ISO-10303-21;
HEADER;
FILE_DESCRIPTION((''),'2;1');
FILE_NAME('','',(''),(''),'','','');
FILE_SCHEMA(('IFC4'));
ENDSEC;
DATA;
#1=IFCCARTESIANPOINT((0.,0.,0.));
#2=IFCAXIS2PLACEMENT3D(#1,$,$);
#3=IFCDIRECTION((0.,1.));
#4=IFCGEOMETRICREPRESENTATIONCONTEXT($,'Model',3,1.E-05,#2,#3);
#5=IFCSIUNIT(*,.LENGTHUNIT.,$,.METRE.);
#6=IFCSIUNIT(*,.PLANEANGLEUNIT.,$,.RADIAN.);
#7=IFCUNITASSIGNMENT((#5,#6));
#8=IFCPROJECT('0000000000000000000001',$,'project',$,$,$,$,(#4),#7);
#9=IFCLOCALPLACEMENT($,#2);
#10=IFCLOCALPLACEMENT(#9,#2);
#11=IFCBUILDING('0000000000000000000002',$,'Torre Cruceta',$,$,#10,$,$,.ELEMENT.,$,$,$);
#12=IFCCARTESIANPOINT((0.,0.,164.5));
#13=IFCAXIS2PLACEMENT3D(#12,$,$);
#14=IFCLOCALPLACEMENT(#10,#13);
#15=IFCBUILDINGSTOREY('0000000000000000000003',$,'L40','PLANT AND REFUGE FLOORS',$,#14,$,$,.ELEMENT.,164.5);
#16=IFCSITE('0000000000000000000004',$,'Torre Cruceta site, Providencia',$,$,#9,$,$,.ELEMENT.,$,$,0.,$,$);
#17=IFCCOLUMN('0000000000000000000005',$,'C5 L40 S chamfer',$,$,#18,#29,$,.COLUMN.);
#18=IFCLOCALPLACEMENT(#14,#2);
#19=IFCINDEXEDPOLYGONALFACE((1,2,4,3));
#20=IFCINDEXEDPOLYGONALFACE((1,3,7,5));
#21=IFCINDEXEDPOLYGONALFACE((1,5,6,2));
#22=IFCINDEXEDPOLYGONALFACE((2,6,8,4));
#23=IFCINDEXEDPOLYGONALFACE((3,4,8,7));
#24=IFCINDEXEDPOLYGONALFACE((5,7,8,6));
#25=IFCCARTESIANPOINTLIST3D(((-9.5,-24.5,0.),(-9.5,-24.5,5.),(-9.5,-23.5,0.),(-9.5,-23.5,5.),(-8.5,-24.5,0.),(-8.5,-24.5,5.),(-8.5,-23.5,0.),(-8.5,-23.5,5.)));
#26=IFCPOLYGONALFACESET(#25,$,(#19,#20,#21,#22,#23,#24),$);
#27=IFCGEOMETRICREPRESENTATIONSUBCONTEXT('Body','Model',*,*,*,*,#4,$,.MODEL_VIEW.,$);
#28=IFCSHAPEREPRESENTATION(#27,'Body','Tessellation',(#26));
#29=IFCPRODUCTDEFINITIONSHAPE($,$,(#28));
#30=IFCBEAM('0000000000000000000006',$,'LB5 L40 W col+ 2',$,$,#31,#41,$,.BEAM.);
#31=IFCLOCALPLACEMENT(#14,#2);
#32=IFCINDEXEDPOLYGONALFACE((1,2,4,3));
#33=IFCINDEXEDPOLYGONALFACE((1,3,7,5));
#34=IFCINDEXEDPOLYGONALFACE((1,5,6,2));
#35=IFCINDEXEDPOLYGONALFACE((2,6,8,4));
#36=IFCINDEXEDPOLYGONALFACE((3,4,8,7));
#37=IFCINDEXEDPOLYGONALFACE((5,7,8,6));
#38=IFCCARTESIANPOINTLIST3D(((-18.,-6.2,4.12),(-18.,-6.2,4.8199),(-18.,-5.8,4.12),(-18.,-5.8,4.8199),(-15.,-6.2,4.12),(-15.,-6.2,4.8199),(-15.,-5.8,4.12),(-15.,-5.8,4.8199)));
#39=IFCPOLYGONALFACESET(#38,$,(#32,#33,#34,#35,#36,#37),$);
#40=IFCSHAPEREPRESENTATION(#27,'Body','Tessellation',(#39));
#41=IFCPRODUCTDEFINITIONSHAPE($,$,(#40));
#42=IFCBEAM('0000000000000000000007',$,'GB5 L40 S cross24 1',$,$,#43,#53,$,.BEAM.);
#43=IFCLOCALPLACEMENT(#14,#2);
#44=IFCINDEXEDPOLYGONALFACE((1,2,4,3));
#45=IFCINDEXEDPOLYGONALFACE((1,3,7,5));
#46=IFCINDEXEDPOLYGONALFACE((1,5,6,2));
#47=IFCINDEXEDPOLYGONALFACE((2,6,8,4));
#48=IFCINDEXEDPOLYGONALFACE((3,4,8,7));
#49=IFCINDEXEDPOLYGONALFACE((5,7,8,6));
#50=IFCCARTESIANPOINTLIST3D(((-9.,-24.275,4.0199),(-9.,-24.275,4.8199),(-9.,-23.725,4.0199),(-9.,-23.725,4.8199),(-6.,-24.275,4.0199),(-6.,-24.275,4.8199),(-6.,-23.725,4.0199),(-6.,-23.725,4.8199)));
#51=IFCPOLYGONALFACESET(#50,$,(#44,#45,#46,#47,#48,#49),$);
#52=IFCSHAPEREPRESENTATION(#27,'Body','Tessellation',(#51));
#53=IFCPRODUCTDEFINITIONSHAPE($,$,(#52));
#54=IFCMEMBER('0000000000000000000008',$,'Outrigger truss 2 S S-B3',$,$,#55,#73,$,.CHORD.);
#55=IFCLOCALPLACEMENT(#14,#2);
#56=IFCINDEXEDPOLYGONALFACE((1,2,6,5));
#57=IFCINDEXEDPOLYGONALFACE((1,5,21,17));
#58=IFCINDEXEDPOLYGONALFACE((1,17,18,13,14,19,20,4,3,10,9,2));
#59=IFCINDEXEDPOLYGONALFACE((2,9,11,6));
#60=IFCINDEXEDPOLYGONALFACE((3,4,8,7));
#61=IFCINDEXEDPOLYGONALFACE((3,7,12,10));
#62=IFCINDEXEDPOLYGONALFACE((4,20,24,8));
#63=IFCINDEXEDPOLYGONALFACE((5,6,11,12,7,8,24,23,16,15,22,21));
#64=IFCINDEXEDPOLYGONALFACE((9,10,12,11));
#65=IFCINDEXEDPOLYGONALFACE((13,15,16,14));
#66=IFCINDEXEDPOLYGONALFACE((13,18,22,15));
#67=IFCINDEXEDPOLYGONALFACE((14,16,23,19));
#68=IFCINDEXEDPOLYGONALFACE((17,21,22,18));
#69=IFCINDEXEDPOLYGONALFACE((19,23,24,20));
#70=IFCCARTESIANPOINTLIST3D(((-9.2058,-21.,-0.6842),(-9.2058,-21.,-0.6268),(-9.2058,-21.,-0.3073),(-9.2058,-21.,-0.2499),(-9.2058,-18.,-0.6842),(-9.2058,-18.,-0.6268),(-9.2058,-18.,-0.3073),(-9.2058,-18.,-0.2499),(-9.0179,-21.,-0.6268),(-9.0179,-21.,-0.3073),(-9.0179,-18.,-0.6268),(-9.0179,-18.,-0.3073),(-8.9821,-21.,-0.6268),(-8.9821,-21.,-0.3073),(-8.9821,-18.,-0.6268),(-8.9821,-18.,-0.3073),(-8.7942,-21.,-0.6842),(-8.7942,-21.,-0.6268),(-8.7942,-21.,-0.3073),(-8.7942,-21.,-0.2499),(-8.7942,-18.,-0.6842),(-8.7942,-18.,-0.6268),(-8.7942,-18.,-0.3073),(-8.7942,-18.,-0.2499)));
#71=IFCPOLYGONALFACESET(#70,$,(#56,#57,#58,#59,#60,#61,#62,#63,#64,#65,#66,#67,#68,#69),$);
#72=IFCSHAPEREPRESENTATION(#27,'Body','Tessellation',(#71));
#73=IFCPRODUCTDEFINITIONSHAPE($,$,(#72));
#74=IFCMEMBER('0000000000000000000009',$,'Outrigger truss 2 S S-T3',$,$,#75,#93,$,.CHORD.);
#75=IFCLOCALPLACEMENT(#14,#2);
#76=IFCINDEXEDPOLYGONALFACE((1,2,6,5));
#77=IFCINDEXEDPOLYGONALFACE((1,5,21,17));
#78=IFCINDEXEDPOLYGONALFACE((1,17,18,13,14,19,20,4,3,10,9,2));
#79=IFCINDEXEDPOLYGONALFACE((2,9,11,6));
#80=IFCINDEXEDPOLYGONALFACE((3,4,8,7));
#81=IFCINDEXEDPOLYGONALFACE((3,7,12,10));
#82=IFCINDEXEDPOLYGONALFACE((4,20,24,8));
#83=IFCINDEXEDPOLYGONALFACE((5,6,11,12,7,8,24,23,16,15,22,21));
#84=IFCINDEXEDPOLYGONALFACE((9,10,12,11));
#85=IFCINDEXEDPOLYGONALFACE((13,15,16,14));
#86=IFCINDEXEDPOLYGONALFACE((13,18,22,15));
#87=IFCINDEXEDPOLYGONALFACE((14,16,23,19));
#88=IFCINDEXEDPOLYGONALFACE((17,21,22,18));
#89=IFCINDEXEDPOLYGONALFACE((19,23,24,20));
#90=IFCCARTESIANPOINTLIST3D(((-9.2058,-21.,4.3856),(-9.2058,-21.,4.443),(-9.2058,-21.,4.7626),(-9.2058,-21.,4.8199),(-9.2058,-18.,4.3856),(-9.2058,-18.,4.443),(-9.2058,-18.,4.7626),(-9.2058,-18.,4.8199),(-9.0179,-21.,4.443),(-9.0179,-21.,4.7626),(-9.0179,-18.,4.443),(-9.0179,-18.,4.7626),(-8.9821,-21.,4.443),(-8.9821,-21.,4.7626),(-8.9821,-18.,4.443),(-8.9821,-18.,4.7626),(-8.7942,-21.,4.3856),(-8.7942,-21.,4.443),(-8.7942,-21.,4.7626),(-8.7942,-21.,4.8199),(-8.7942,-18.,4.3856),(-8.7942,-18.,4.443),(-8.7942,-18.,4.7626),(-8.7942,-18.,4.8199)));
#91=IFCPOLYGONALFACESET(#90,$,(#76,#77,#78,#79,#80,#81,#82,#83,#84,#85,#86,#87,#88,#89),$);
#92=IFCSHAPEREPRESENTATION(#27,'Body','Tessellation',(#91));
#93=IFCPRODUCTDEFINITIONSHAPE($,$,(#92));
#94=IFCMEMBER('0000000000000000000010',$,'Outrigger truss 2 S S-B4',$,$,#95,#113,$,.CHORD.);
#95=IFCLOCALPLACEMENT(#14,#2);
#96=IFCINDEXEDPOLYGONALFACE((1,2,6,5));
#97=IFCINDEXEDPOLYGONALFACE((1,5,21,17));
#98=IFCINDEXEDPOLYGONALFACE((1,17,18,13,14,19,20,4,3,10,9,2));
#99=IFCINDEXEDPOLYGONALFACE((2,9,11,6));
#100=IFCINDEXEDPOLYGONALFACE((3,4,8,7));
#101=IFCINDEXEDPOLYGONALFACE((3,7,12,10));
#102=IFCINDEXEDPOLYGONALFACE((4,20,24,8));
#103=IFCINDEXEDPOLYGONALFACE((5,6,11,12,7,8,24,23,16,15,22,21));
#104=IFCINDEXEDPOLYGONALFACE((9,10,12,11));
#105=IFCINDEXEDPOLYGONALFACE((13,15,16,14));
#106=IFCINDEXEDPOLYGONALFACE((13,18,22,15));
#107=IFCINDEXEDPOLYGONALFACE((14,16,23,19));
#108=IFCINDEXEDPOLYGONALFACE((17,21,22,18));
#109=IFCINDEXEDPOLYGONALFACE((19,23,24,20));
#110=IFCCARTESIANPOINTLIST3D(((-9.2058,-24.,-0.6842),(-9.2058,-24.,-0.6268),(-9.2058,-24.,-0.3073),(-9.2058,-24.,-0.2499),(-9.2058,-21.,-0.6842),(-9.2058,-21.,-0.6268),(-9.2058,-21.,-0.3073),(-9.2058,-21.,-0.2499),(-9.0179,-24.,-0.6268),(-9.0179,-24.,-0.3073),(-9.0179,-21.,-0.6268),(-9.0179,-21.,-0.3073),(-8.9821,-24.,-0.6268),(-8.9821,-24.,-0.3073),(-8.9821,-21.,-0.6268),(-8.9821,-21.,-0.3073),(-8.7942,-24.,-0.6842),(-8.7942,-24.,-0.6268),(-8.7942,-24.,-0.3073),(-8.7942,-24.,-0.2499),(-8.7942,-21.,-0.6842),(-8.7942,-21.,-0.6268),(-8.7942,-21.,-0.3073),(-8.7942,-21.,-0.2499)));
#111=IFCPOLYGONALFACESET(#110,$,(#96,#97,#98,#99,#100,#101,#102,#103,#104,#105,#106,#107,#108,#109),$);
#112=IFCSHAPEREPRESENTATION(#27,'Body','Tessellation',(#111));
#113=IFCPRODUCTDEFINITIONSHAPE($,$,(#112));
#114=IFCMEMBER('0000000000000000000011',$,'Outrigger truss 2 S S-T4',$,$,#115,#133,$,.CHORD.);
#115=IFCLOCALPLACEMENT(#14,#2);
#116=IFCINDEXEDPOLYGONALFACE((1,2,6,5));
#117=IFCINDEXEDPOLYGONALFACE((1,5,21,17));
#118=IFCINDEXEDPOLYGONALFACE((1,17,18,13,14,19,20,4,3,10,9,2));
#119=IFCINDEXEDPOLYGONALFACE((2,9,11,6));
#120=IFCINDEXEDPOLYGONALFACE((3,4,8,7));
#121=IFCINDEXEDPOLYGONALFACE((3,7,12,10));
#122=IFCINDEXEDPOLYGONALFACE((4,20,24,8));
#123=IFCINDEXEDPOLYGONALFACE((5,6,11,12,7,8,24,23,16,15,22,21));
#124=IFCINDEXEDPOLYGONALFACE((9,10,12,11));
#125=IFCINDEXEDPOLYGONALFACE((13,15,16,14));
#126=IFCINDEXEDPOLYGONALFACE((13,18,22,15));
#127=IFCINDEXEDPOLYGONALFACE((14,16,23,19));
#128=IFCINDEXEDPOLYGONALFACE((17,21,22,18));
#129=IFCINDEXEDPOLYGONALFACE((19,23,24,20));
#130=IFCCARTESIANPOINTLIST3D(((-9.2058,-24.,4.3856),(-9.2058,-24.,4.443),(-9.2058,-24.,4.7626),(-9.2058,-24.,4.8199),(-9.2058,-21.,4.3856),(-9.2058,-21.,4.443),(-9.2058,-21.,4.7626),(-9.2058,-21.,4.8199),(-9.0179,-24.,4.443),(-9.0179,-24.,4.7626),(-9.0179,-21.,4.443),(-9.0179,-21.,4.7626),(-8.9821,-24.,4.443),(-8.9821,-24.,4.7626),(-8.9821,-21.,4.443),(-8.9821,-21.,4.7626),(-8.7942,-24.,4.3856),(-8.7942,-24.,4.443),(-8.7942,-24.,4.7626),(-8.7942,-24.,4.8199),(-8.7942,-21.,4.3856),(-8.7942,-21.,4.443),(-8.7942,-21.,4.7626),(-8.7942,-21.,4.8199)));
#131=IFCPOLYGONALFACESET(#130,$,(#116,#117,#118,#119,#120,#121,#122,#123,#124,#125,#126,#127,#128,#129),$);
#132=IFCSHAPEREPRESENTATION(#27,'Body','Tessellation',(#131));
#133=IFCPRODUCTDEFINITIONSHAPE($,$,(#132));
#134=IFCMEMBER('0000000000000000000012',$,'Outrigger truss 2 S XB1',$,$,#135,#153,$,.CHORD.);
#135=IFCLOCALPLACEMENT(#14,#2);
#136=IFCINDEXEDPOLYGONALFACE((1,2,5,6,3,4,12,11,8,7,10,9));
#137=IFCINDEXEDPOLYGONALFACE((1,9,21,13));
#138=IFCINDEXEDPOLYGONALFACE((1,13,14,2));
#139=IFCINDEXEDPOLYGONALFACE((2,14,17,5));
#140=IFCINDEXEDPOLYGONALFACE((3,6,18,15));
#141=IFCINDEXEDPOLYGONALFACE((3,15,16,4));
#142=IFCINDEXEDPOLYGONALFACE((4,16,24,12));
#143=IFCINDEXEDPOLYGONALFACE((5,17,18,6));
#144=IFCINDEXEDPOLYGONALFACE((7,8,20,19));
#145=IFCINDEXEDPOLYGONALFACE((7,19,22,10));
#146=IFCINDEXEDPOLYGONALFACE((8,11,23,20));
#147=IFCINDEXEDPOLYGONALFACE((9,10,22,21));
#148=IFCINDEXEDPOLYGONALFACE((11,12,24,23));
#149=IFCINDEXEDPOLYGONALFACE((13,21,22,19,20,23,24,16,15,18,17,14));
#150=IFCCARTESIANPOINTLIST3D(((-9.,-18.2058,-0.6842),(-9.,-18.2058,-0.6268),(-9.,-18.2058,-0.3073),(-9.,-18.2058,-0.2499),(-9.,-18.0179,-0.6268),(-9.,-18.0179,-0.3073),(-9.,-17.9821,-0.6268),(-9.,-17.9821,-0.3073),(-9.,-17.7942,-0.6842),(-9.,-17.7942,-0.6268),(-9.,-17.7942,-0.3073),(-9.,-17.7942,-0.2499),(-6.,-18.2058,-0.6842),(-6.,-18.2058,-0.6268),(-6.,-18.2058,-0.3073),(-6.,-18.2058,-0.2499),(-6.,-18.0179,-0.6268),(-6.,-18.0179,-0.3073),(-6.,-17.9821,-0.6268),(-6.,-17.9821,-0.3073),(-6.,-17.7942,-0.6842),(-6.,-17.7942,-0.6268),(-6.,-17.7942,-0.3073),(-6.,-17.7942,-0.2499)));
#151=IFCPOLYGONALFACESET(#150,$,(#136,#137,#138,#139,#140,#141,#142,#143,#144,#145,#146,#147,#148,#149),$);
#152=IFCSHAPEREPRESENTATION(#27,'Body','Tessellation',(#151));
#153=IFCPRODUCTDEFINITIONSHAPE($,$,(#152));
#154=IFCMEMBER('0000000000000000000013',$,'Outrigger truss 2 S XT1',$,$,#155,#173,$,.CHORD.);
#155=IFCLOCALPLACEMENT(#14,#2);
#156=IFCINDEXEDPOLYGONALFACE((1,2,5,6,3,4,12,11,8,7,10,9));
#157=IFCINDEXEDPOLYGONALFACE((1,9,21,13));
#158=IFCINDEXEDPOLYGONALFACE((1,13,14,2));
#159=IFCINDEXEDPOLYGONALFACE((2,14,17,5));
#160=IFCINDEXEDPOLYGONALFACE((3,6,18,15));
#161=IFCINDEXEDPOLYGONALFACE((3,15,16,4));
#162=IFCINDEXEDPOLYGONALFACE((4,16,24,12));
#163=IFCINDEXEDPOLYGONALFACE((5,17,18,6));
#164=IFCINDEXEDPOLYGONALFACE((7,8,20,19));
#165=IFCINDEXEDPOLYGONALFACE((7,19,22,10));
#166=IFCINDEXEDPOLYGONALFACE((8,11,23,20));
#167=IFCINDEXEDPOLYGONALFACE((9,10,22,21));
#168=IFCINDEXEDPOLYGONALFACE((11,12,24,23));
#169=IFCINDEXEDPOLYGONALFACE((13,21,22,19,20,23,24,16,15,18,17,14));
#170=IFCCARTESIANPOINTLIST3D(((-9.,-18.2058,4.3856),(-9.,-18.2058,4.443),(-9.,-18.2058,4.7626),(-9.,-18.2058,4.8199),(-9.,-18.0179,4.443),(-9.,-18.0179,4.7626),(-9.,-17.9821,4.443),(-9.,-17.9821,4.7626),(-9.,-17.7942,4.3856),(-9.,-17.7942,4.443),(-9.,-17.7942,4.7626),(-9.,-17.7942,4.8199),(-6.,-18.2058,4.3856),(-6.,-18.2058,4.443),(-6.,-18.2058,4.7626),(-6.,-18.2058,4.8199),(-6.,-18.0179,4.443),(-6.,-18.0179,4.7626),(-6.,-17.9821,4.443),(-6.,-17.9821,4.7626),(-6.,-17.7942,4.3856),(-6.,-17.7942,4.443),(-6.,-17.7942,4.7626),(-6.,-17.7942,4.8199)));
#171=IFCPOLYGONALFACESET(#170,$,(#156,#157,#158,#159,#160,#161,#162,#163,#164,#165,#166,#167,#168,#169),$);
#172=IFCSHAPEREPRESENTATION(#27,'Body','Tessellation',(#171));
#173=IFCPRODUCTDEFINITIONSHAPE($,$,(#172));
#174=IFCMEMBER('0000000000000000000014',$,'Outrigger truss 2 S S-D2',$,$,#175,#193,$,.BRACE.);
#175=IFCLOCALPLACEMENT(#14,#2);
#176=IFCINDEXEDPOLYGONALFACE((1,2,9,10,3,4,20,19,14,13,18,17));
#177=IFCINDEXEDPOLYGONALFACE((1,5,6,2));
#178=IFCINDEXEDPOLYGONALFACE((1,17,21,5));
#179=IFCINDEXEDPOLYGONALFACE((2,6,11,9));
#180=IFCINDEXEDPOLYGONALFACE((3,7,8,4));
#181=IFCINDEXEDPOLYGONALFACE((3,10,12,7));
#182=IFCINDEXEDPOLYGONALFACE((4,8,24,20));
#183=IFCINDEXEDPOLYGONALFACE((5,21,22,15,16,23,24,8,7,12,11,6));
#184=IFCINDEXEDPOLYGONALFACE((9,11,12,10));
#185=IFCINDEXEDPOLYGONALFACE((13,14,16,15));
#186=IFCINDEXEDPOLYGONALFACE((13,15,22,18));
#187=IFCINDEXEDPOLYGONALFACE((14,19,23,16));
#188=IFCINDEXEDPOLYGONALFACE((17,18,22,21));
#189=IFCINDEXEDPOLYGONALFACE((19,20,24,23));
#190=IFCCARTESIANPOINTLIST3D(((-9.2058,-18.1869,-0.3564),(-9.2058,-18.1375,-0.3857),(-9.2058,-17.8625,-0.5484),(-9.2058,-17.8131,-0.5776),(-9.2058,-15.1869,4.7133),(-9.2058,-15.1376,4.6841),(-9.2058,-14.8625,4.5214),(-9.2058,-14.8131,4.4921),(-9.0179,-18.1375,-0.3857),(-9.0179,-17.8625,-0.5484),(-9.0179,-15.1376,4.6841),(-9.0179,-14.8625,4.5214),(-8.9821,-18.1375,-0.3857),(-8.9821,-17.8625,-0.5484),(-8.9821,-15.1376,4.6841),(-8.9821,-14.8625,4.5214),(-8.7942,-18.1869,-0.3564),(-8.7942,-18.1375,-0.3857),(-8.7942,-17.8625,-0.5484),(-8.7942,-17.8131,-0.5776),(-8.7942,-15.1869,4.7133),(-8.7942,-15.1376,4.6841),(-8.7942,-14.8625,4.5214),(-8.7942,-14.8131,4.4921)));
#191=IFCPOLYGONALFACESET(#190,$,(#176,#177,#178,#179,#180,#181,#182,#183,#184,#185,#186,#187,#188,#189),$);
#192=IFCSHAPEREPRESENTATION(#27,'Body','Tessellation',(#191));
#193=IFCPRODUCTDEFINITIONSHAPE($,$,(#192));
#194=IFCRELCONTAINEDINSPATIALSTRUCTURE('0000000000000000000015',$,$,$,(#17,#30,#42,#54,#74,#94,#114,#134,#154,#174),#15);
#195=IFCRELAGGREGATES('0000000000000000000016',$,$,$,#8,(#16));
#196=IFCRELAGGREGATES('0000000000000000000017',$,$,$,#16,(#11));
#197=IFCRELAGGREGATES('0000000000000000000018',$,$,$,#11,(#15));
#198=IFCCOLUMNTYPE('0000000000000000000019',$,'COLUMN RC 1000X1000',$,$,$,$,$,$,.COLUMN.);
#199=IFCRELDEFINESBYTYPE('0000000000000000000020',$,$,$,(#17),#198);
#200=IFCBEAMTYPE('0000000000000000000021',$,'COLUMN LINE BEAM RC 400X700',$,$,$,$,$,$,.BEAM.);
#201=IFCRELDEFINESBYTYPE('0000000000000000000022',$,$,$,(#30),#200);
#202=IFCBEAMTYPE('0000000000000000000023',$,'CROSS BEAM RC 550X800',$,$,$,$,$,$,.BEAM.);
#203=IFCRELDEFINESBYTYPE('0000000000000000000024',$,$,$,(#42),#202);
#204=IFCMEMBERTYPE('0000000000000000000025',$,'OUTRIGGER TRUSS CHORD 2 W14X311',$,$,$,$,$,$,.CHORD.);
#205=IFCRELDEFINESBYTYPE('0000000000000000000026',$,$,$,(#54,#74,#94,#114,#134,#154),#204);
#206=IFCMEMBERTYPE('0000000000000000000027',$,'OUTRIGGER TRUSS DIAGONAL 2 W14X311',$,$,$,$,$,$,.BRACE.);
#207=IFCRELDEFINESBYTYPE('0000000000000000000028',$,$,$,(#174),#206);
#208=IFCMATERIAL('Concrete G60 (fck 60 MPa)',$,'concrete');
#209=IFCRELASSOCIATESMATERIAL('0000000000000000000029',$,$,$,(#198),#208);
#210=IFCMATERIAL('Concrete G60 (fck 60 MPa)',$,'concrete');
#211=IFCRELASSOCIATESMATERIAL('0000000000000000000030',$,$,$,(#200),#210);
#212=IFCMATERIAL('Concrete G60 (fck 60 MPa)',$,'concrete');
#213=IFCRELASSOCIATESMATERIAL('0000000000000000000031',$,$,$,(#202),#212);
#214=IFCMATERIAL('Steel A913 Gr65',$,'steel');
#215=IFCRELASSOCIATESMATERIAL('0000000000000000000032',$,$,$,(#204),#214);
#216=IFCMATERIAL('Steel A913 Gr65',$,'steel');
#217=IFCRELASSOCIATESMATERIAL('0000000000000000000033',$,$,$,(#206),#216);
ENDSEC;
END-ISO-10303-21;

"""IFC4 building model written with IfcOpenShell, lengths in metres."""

from ifc_helpers import new_model, si_unit, direction, frame, origin, origin_2d, place, context, subcontext, project, spatial, rectangle, i_section, extrude, material, material_profile, profile_set, type_object, element, save


model = new_model("IFC4")

# Units and contexts
model_context = context("Model", 3, precision=1e-05, world=origin(), true_north=direction((0.0, 1.0)))
body_context = subcontext(model_context, "Body", "Model", "MODEL_VIEW")
ifc_project = project(units=[si_unit("LENGTHUNIT", "METRE"), si_unit("PLANEANGLEUNIT", "RADIAN")], contexts=[model_context])

# Site, building, storey
site_placement = place(None, origin())
site = spatial("IfcSite", under=ifc_project, at=site_placement, Name="Torre Cruceta site, Providencia", CompositionType="ELEMENT", RefElevation=0.0)
building_placement = place(site_placement, origin())
building = spatial("IfcBuilding", under=site, at=building_placement, Name="Torre Cruceta", CompositionType="ELEMENT")
storey_placement = place(building_placement, frame((0.0, 0.0, 164.5)))
storey = spatial("IfcBuildingStorey", under=building, at=storey_placement, Name="L40", Description="PLANT AND REFUGE FLOORS", CompositionType="ELEMENT", Elevation=164.5)

# Column
ifc_material_1 = material(Name="Concrete G60 (fck 60 MPa)", Category="concrete")
ifc_material_profile_1 = material_profile(ifc_material_1, rectangle(XDim=1.0, YDim=1.0, at=origin_2d()), Name="RC 1000X1000")
ifc_profile_set_1 = profile_set([ifc_material_profile_1], Name="Concrete G60 (fck 60 MPa)")
column_type = type_object("IfcColumnType", Name="COLUMN RC 1000X1000", PredefinedType="COLUMN", material=ifc_profile_set_1)
column_placement = place(storey_placement, frame((-9.0, -24.0, 0.0), z_axis=(0.0, 0.0, 1.0), x_axis=(1.0, 0.0, 0.0)))
element("IfcColumn", 1, at=column_placement, inside=storey, type_object=column_type, Name="C5 L40 S chamfer", PredefinedType="COLUMN", context=body_context, shape_type="SweptSolid", body=[
    extrude(rectangle(XDim=1.0, YDim=1.0, at=origin_2d()), origin(), (0.0, 0.0, 1.0), 5.0),
])

# Beams
ifc_material_2 = material(Name="Concrete G60 (fck 60 MPa)", Category="concrete")
ifc_material_profile_2 = material_profile(ifc_material_2, rectangle(XDim=0.3999, YDim=0.7, at=origin_2d()), Name="RC 400X700")
ifc_profile_set_2 = profile_set([ifc_material_profile_2], Name="Concrete G60 (fck 60 MPa)")
beam_type_1 = type_object("IfcBeamType", Name="COLUMN LINE BEAM RC 400X700", PredefinedType="BEAM", material=ifc_profile_set_2)
beam_1_placement = place(storey_placement, frame((-15.0, -6.0, 4.47), z_axis=(-1.0, 0.0, 0.0), x_axis=(0.0, -1.0, 0.0)))
element("IfcBeam", 2, at=beam_1_placement, inside=storey, type_object=beam_type_1, Name="LB5 L40 W col+ 2", PredefinedType="BEAM", context=body_context, shape_type="SweptSolid", body=[
    extrude(rectangle(XDim=0.3999, YDim=0.7, at=origin_2d()), origin(), (0.0, 0.0, 1.0), 3.0),
])
ifc_material_3 = material(Name="Concrete G60 (fck 60 MPa)", Category="concrete")
ifc_material_profile_3 = material_profile(ifc_material_3, rectangle(XDim=0.55, YDim=0.8, at=origin_2d()), Name="RC 550X800")
ifc_profile_set_3 = profile_set([ifc_material_profile_3], Name="Concrete G60 (fck 60 MPa)")
beam_type_2 = type_object("IfcBeamType", Name="CROSS BEAM RC 550X800", PredefinedType="BEAM", material=ifc_profile_set_3)
beam_2_placement = place(storey_placement, frame((-9.0, -24.0, 4.4199), z_axis=(1.0, 0.0, 0.0), x_axis=(0.0, 1.0, 0.0)))
element("IfcBeam", 3, at=beam_2_placement, inside=storey, type_object=beam_type_2, Name="GB5 L40 S cross24 1", PredefinedType="BEAM", context=body_context, shape_type="SweptSolid", body=[
    extrude(rectangle(XDim=0.55, YDim=0.8, at=origin_2d()), origin(), (0.0, 0.0, 1.0), 3.0),
])

# Members
ifc_material_4 = material(Name="Steel A913 Gr65", Category="steel")
ifc_material_profile_4 = material_profile(ifc_material_4, i_section(OverallWidth=0.4116, OverallDepth=0.4343, WebThickness=0.0359, FlangeThickness=0.0574, at=origin_2d()), Name="W14X311")
ifc_profile_set_4 = profile_set([ifc_material_profile_4], Name="Steel A913 Gr65")
member_type_1 = type_object("IfcMemberType", Name="OUTRIGGER TRUSS CHORD 2 W14X311", PredefinedType="CHORD", material=ifc_profile_set_4)
for number, where, z_axis, x_axis, name in (
    (4, (-9.0, -18.0, -0.467), (0.0, -1.0, 0.0), (1.0, 0.0, 0.0), "Outrigger truss 2 S S-B3"),
    (5, (-9.0, -18.0, 4.6028), (0.0, -1.0, 0.0), (1.0, 0.0, 0.0), "Outrigger truss 2 S S-T3"),
    (6, (-9.0, -21.0, -0.467), (0.0, -1.0, 0.0), (1.0, 0.0, 0.0), "Outrigger truss 2 S S-B4"),
    (7, (-9.0, -21.0, 4.6028), (0.0, -1.0, 0.0), (1.0, 0.0, 0.0), "Outrigger truss 2 S S-T4"),
    (8, (-9.0, -18.0, -0.467), (1.0, 0.0, 0.0), (0.0, 1.0, 0.0), "Outrigger truss 2 S XB1"),
    (9, (-9.0, -18.0, 4.6028), (1.0, 0.0, 0.0), (0.0, 1.0, 0.0), "Outrigger truss 2 S XT1"),
):
    element("IfcMember", number, at=place(storey_placement, frame(where, z_axis=z_axis, x_axis=x_axis)), inside=storey, type_object=member_type_1, Name=name, PredefinedType="CHORD", context=body_context, shape_type="SweptSolid", body=[
        extrude(i_section(OverallWidth=0.4116, OverallDepth=0.4343, WebThickness=0.0359, FlangeThickness=0.0574, at=origin_2d()), origin(), (0.0, 0.0, 1.0), 3.0),
    ])
ifc_material_5 = material(Name="Steel A913 Gr65", Category="steel")
ifc_material_profile_5 = material_profile(ifc_material_5, i_section(OverallWidth=0.4116, OverallDepth=0.4343, WebThickness=0.0359, FlangeThickness=0.0574, at=origin_2d()), Name="W14X311")
ifc_profile_set_5 = profile_set([ifc_material_profile_5], Name="Steel A913 Gr65")
member_type_2 = type_object("IfcMemberType", Name="OUTRIGGER TRUSS DIAGONAL 2 W14X311", PredefinedType="BRACE", material=ifc_profile_set_5)
for number, where, z_axis, x_axis, name in (
    (10, (-9.0, -18.0, -0.467), (0.0, 0.509257, 0.860614), (-1.0, 0.0, 0.0), "Outrigger truss 2 S S-D2"),
):
    element("IfcMember", number, at=place(storey_placement, frame(where, z_axis=z_axis, x_axis=x_axis)), inside=storey, type_object=member_type_2, Name=name, PredefinedType="BRACE", context=body_context, shape_type="SweptSolid", body=[
        extrude(i_section(OverallWidth=0.4116, OverallDepth=0.4343, WebThickness=0.0359, FlangeThickness=0.0574, at=origin_2d()), origin(), (0.0, 0.0, 1.0), 5.8909),
    ])

save(model, "model.ifc")
